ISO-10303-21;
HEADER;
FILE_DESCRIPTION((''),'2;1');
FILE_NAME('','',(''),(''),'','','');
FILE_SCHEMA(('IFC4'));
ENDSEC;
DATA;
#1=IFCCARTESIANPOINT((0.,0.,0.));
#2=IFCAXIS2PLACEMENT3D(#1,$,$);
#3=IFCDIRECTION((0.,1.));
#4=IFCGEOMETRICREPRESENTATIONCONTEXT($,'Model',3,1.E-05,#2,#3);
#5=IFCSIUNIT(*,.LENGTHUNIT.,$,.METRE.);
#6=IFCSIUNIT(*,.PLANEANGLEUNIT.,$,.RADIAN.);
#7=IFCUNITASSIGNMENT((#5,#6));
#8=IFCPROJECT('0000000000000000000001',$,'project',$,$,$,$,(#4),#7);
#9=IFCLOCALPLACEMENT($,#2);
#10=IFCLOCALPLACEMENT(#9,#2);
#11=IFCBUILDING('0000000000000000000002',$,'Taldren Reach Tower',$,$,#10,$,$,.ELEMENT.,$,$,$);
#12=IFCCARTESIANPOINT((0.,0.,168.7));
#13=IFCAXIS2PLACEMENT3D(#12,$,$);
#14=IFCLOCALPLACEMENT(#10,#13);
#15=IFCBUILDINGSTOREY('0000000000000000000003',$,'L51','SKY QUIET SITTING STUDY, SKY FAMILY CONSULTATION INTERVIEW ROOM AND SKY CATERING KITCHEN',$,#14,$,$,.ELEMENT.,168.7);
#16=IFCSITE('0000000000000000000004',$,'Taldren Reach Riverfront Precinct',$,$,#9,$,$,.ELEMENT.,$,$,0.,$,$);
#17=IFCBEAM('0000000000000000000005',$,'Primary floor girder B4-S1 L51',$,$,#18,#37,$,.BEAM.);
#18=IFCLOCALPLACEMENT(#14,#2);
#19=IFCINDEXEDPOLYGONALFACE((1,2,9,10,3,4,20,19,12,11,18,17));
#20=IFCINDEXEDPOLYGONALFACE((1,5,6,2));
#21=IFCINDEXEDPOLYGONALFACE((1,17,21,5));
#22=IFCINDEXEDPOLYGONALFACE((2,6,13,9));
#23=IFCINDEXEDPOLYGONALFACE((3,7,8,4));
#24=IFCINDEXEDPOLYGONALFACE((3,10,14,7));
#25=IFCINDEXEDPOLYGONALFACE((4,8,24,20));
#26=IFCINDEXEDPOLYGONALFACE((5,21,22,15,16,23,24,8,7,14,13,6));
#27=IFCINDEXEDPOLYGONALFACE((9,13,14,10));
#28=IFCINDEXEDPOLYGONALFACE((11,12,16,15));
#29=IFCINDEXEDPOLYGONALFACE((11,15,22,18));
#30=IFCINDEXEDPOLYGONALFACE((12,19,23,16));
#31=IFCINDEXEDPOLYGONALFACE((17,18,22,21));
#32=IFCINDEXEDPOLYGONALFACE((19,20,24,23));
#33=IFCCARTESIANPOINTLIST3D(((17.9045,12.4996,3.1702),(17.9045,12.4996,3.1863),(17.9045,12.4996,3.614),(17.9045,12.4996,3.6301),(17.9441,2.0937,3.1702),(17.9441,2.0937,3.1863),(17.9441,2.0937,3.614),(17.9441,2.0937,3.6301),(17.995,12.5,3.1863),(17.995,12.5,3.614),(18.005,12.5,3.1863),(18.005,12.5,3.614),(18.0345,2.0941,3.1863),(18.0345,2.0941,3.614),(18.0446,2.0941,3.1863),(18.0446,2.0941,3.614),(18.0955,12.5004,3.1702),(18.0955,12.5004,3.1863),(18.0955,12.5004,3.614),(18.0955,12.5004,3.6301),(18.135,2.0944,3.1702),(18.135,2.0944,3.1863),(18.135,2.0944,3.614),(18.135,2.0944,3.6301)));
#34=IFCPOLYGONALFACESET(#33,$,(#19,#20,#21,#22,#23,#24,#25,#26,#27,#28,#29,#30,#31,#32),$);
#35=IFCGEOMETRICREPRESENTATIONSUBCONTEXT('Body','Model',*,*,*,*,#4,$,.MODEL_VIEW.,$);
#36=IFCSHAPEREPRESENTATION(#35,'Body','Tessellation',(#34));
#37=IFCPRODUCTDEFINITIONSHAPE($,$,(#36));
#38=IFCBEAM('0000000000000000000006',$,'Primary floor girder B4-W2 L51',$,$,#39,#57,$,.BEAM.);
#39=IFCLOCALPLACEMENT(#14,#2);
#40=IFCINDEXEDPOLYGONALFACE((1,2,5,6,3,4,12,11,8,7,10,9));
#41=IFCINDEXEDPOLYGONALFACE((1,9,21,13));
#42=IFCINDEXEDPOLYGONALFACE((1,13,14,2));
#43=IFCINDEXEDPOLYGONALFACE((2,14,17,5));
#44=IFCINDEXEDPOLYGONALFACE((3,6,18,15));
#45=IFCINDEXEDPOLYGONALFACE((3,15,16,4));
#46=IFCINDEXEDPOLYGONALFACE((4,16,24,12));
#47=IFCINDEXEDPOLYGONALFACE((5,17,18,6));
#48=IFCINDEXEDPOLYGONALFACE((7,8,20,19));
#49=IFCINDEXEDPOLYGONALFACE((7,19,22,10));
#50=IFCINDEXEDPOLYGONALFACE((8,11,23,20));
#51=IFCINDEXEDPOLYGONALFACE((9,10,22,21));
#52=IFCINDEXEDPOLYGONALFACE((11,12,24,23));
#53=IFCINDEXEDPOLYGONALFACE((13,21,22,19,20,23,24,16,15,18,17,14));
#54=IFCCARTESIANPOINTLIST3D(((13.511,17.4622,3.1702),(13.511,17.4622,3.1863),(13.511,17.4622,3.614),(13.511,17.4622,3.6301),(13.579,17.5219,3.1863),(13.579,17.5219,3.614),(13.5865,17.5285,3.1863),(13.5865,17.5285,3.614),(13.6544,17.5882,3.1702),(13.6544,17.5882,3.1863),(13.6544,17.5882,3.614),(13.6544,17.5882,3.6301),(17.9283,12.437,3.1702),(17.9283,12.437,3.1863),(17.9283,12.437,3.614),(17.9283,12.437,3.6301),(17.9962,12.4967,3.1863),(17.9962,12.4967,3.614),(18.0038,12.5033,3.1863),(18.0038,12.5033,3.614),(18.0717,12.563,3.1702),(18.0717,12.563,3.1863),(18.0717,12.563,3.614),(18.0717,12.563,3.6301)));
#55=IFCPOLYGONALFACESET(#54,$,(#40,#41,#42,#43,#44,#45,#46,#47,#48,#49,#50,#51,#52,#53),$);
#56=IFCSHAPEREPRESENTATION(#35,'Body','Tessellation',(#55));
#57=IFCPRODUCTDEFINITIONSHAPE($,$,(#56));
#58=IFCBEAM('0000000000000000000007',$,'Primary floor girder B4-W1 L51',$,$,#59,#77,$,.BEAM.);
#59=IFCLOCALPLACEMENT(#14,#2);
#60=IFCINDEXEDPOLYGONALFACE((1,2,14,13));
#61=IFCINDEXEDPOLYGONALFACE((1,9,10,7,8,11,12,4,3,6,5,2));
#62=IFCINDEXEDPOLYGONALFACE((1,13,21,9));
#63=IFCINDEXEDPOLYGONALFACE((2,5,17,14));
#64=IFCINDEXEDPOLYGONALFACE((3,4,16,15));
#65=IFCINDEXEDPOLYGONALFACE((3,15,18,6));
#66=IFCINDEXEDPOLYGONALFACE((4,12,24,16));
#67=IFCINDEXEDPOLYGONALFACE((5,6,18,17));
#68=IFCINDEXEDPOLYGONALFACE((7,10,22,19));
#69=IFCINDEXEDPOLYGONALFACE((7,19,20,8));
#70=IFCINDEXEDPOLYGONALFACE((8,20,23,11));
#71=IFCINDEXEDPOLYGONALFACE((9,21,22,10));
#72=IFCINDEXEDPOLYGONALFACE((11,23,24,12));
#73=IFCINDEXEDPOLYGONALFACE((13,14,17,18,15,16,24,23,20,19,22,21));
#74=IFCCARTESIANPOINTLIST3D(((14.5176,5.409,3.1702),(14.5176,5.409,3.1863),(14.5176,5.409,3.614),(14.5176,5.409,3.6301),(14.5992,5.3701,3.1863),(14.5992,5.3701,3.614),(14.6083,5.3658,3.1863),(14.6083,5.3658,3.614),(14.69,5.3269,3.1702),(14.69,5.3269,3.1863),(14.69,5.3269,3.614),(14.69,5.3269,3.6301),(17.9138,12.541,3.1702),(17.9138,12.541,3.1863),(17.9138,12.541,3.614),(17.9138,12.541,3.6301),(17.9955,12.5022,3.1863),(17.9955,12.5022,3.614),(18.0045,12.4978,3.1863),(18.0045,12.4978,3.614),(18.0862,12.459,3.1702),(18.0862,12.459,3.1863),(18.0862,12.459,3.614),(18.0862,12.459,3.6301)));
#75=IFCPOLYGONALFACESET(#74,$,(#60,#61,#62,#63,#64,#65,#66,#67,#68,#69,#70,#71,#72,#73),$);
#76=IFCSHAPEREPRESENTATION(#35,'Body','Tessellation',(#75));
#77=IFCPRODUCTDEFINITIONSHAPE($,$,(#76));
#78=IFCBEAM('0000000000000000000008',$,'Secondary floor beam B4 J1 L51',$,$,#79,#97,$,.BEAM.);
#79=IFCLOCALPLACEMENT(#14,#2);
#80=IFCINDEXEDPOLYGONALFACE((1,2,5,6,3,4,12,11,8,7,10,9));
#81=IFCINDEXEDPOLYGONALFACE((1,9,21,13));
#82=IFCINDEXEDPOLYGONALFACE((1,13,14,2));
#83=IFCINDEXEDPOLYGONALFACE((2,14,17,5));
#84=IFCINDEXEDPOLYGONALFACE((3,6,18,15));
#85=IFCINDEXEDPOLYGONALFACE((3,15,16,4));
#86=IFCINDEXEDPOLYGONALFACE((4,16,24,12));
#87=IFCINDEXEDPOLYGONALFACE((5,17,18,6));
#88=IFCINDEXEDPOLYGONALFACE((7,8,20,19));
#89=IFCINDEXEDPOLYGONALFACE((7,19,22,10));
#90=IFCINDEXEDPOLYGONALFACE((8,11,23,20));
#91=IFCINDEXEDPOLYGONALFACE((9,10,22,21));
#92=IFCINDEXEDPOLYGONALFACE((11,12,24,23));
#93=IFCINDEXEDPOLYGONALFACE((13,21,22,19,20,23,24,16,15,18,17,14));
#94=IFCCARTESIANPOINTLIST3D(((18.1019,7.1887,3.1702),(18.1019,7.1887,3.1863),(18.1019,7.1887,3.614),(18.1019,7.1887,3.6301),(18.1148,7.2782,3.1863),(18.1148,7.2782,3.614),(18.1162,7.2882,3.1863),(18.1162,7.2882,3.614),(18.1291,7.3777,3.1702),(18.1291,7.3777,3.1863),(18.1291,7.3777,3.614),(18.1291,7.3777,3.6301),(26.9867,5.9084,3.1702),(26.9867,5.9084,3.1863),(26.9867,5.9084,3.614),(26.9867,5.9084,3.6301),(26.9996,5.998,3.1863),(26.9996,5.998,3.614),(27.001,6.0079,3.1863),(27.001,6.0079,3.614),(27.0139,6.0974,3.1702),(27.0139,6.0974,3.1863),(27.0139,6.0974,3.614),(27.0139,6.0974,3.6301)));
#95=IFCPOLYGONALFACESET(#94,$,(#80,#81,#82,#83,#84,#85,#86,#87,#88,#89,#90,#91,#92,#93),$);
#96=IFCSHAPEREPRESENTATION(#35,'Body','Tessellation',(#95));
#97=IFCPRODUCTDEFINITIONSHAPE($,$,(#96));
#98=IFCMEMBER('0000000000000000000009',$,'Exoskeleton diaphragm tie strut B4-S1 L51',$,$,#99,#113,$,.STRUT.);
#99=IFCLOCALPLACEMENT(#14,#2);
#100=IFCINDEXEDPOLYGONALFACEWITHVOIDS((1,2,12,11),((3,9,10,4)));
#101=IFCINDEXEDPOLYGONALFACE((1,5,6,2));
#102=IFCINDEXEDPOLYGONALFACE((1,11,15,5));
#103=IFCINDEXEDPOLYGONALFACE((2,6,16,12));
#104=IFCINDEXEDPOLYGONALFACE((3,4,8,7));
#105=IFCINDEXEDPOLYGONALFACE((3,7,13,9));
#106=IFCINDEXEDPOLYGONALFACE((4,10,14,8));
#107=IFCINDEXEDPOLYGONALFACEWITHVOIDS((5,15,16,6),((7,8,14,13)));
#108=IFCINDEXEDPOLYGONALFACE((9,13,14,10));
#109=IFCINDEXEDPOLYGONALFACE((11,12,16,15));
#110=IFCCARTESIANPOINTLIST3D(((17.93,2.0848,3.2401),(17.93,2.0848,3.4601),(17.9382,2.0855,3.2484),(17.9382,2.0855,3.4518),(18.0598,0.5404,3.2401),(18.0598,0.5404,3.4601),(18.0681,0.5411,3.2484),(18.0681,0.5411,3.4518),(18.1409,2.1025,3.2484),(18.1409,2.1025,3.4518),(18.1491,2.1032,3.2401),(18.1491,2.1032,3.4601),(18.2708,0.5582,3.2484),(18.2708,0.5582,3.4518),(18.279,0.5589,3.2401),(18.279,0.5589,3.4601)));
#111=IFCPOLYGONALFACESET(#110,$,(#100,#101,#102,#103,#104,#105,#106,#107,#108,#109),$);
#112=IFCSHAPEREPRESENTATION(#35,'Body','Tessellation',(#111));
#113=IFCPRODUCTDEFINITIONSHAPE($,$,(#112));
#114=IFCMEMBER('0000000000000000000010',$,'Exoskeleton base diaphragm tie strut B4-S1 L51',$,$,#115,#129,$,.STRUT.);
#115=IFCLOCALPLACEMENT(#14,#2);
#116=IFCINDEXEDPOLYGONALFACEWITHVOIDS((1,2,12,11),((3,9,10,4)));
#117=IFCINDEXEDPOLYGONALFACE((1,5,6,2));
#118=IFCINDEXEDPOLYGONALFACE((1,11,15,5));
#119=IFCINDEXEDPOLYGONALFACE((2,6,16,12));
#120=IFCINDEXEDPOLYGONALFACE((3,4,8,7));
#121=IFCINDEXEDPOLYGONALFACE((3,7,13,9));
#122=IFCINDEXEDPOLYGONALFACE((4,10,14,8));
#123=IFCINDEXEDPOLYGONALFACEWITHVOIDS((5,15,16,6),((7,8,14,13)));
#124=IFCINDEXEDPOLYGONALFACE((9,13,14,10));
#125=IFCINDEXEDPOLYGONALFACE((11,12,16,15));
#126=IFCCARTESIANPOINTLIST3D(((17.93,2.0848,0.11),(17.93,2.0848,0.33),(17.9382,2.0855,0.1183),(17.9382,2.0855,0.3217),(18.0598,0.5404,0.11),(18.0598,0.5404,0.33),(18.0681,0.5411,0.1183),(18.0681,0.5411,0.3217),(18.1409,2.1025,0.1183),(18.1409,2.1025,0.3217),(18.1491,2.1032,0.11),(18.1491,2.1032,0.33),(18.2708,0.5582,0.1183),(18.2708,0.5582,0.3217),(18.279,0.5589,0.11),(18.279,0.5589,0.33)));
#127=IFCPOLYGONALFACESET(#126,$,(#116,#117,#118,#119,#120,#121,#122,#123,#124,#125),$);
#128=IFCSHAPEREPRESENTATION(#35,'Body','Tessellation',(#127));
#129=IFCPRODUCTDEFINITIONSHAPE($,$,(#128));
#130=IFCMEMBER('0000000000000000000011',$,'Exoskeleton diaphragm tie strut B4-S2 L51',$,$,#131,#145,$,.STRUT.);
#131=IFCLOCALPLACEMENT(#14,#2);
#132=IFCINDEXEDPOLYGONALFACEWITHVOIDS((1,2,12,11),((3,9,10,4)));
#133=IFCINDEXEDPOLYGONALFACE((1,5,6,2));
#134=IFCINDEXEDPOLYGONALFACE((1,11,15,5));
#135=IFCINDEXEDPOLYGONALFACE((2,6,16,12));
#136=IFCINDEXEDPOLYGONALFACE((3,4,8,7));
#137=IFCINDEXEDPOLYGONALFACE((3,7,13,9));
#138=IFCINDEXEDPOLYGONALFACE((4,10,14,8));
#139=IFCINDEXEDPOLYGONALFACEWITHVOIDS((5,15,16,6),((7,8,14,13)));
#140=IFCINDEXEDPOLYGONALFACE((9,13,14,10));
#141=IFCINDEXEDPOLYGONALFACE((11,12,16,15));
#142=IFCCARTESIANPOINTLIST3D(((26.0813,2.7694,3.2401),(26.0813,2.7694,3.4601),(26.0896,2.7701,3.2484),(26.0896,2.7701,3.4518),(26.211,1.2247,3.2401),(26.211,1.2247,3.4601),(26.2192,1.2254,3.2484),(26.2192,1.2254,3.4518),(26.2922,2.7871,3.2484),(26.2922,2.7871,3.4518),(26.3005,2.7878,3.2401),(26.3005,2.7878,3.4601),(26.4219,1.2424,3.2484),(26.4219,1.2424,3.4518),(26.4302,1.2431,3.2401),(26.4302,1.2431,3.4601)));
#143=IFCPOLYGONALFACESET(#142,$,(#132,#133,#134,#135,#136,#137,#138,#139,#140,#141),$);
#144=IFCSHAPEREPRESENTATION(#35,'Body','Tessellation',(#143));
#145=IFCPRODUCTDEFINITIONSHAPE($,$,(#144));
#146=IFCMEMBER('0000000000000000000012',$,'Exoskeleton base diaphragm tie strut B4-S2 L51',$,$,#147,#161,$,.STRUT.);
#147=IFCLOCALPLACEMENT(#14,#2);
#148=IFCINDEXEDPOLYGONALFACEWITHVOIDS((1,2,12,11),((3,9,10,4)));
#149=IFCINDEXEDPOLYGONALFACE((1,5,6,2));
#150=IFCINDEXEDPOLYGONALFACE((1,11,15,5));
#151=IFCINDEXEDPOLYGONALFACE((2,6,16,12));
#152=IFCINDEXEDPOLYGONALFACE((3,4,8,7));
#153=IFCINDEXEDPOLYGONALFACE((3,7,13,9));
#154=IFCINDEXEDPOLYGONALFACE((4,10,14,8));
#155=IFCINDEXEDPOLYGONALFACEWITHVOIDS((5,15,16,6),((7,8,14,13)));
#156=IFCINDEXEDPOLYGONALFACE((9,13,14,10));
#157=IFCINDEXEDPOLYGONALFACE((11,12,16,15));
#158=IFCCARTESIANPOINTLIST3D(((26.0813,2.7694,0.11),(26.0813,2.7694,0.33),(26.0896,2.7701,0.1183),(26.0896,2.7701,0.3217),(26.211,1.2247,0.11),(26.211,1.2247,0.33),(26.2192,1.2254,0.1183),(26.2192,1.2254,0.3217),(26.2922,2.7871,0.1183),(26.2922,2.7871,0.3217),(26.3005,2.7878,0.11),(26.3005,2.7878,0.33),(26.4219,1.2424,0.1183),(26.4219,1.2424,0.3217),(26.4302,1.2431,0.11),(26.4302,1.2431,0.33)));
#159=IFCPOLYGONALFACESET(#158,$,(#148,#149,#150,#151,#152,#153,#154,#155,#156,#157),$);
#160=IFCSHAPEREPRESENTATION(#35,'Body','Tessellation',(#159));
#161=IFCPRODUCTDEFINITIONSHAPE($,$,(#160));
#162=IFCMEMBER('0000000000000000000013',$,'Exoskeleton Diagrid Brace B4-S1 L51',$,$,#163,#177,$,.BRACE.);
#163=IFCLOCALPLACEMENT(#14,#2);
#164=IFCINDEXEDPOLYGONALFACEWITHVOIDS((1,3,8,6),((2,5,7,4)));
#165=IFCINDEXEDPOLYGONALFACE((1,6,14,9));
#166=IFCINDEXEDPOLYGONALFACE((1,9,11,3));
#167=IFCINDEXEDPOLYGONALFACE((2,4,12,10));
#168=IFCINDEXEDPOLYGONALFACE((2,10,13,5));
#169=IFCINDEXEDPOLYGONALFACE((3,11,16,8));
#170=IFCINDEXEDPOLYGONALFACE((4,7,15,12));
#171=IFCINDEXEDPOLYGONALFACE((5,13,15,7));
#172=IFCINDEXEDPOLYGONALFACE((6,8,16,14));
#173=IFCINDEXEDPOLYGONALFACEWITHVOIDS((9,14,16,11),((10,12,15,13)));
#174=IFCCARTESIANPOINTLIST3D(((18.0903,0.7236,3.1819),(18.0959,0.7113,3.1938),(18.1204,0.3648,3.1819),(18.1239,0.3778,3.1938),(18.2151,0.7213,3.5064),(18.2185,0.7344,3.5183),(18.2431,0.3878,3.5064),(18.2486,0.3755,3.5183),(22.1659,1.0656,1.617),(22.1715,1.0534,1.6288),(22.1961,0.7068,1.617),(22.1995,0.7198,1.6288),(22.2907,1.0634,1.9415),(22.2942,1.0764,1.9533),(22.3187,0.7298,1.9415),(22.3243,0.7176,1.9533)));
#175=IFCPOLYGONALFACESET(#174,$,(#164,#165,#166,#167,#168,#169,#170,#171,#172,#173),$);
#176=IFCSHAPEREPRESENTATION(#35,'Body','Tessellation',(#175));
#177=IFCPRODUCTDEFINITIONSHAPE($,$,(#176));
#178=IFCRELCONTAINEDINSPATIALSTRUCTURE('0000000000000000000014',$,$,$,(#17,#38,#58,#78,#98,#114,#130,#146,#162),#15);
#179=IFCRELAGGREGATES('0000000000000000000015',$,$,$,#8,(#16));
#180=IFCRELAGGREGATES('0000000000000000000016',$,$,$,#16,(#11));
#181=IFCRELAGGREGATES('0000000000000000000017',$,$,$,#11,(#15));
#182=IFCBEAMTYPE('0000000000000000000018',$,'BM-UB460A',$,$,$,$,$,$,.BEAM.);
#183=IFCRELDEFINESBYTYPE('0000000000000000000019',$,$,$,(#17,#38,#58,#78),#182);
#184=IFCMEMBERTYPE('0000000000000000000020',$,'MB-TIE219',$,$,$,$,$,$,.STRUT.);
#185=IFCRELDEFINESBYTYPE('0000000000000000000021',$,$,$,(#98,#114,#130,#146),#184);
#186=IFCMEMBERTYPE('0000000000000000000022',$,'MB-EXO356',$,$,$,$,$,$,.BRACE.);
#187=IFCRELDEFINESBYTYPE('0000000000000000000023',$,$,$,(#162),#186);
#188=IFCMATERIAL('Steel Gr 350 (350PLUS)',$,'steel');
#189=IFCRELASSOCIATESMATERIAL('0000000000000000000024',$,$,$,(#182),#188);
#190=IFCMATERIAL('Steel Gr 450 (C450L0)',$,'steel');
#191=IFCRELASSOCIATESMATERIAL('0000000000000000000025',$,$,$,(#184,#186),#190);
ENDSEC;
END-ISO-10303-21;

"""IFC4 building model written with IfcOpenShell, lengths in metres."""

from ifc_helpers import new_model, si_unit, direction, frame, origin, origin_2d, place, context, subcontext, project, spatial, hollow_rectangle, i_section, extrude, source, transform, mapped, material, material_profile, profile_set, type_object, element, save


model = new_model("IFC4")

# Units and contexts
model_context = context("Model", 3, precision=1e-05, world=origin(), true_north=direction((0.0, 1.0)))
body_context = subcontext(model_context, "Body", "Model", "MODEL_VIEW")
ifc_project = project(units=[si_unit("LENGTHUNIT", "METRE"), si_unit("PLANEANGLEUNIT", "RADIAN")], contexts=[model_context])

# Site, building, storey
site_placement = place(None, origin())
site = spatial("IfcSite", under=ifc_project, at=site_placement, Name="Taldren Reach Riverfront Precinct", CompositionType="ELEMENT", RefElevation=0.0)
building_placement = place(site_placement, origin())
building = spatial("IfcBuilding", under=site, at=building_placement, Name="Taldren Reach Tower", CompositionType="ELEMENT")
storey_placement = place(building_placement, frame((0.0, 0.0, 168.7)))
storey = spatial("IfcBuildingStorey", under=building, at=storey_placement, Name="L51", Description="SKY QUIET SITTING STUDY, SKY FAMILY CONSULTATION INTERVIEW ROOM AND SKY CATERING KITCHEN", CompositionType="ELEMENT", Elevation=168.7)

# Shared definitions
ifc_material_1 = material(Name="Steel Gr 350 (350PLUS)", Category="steel")

# Beams
ifc_material_profile_1 = material_profile(ifc_material_1, i_section(OverallWidth=0.1909, OverallDepth=0.46, WebThickness=0.01, FlangeThickness=0.0161, at=origin_2d()), Name="460UB82.1")
ifc_profile_set_1 = profile_set([ifc_material_profile_1], Name="Steel Gr 350 (350PLUS)")
beam_type_1 = type_object("IfcBeamType", Name="BM-UB460A", PredefinedType="BEAM", material=ifc_profile_set_1)
shared_shape_1 = source(origin(), body_context, "Body", "SweptSolid", [
    extrude(i_section(OverallWidth=0.1909, OverallDepth=0.46, WebThickness=0.01, FlangeThickness=0.0161, at=origin_2d()), origin(), (0.0, 0.0, 1.0), 10.406),
])
beam_1_placement = place(storey_placement, frame((18.0, 12.5, 3.4001), z_axis=(0.003801, -0.999993, 0.0), x_axis=(0.999993, 0.003801, 0.0)))
element("IfcBeam", 1, at=beam_1_placement, inside=storey, type_object=beam_type_1, Name="Primary floor girder B4-S1 L51", PredefinedType="BEAM", context=body_context, shape_type="MappedRepresentation", body=[
    mapped(shared_shape_1, transform((0.0, 0.0, 0.0), scale=1.0)),
])
shared_shape_2 = source(origin(), body_context, "Body", "SweptSolid", [
    extrude(i_section(OverallWidth=0.1909, OverallDepth=0.46, WebThickness=0.01, FlangeThickness=0.0161, at=origin_2d()), origin(), (0.0, 0.0, 1.0), 6.6907),
])
beam_2_placement = place(storey_placement, frame((18.0, 12.5, 3.4001), z_axis=(-0.660216, 0.751076, 0.0), x_axis=(-0.751076, -0.660216, 0.0)))
element("IfcBeam", 2, at=beam_2_placement, inside=storey, type_object=beam_type_1, Name="Primary floor girder B4-W2 L51", PredefinedType="BEAM", context=body_context, shape_type="MappedRepresentation", body=[
    mapped(shared_shape_2, transform((0.0, 0.0, 0.0), scale=1.0)),
])
shared_shape_3 = source(origin(), body_context, "Body", "SweptSolid", [
    extrude(i_section(OverallWidth=0.1909, OverallDepth=0.46, WebThickness=0.01, FlangeThickness=0.0161, at=origin_2d()), origin(), (0.0, 0.0, 1.0), 7.8994),
])
beam_3_placement = place(storey_placement, frame((18.0, 12.5, 3.4001), z_axis=(-0.429935, -0.90286, 0.0), x_axis=(0.90286, -0.429935, 0.0)))
element("IfcBeam", 3, at=beam_3_placement, inside=storey, type_object=beam_type_1, Name="Primary floor girder B4-W1 L51", PredefinedType="BEAM", context=body_context, shape_type="MappedRepresentation", body=[
    mapped(shared_shape_3, transform((0.0, 0.0, 0.0), scale=1.0)),
])
shared_shape_4 = source(origin(), body_context, "Body", "SweptSolid", [
    extrude(i_section(OverallWidth=0.1909, OverallDepth=0.46, WebThickness=0.01, FlangeThickness=0.0161, at=origin_2d()), origin(), (0.0, 0.0, 1.0), 8.9766),
])
beam_4_placement = place(storey_placement, frame((18.1155, 7.2832, 3.4001), z_axis=(0.989777, -0.142624, 0.0), x_axis=(0.142624, 0.989777, 0.0)))
element("IfcBeam", 4, at=beam_4_placement, inside=storey, type_object=beam_type_1, Name="Secondary floor beam B4 J1 L51", PredefinedType="BEAM", context=body_context, shape_type="MappedRepresentation", body=[
    mapped(shared_shape_4, transform((0.0, 0.0, 0.0), scale=1.0)),
])

# Members
ifc_material_2 = material(Name="Steel Gr 450 (C450L0)", Category="steel")
ifc_material_profile_2 = material_profile(ifc_material_2, hollow_rectangle(XDim=0.22, YDim=0.22, WallThickness=0.0083, at=origin_2d()), Name="220x220x8.2SHS")
ifc_profile_set_2 = profile_set([ifc_material_profile_2], Name="Steel Gr 450 (C450L0)")
member_type_1 = type_object("IfcMemberType", Name="MB-TIE219", PredefinedType="STRUT", material=ifc_profile_set_2)
shared_shape_5 = source(origin(), body_context, "Body", "SweptSolid", [
    extrude(hollow_rectangle(XDim=0.22, YDim=0.22, WallThickness=0.0083, at=origin_2d()), origin(), (0.0, 0.0, 1.0), 1.5498),
])
for number, where, z_axis, x_axis, name in (
    (5, (18.0396, 2.094, 3.3501), (0.083802, -0.996482, 0.0), (0.996482, 0.083802, 0.0), "Exoskeleton diaphragm tie strut B4-S1 L51"),
    (6, (18.0396, 2.094, 0.22), (0.083802, -0.996482, 0.0), (0.996482, 0.083802, 0.0), "Exoskeleton base diaphragm tie strut B4-S1 L51"),
):
    element("IfcMember", number, at=place(storey_placement, frame(where, z_axis=z_axis, x_axis=x_axis)), inside=storey, type_object=member_type_1, Name=name, PredefinedType="STRUT", context=body_context, shape_type="MappedRepresentation", body=[
        mapped(shared_shape_5, transform((0.0, 0.0, 0.0), scale=1.0)),
    ])
shared_shape_6 = source(origin(), body_context, "Body", "SweptSolid", [
    extrude(hollow_rectangle(XDim=0.22, YDim=0.22, WallThickness=0.0083, at=origin_2d()), origin(), (0.0, 0.0, 1.0), 1.55),
])
for number, where, z_axis, x_axis, name in (
    (7, (26.1909, 2.7786, 3.3501), (0.083632, -0.996497, 0.0), (0.996497, 0.083632, 0.0), "Exoskeleton diaphragm tie strut B4-S2 L51"),
    (8, (26.1909, 2.7786, 0.22), (0.083632, -0.996497, 0.0), (0.996497, 0.083632, 0.0), "Exoskeleton base diaphragm tie strut B4-S2 L51"),
):
    element("IfcMember", number, at=place(storey_placement, frame(where, z_axis=z_axis, x_axis=x_axis)), inside=storey, type_object=member_type_1, Name=name, PredefinedType="STRUT", context=body_context, shape_type="MappedRepresentation", body=[
        mapped(shared_shape_6, transform((0.0, 0.0, 0.0), scale=1.0)),
    ])
ifc_material_profile_3 = material_profile(ifc_material_2, hollow_rectangle(XDim=0.3601, YDim=0.3601, WallThickness=0.0127, at=origin_2d()), Name="360x360x12.7SHS")
ifc_profile_set_3 = profile_set([ifc_material_profile_3], Name="Steel Gr 450 (C450L0)")
member_type_2 = type_object("IfcMemberType", Name="MB-EXO356", PredefinedType="BRACE", material=ifc_profile_set_3)
shared_shape_7 = source(origin(), body_context, "Body", "SweptSolid", [
    extrude(hollow_rectangle(XDim=0.3601, YDim=0.3601, WallThickness=0.0127, at=origin_2d()), origin(), (0.0, 0.0, 1.0), 4.3792),
])
member_1_placement = place(storey_placement, frame((22.2451, 0.8916, 1.7852), z_axis=(-0.930695, -0.078106, 0.357359), x_axis=(0.083628, -0.996497, 0.0)))
element("IfcMember", 9, at=member_1_placement, inside=storey, type_object=member_type_2, Name="Exoskeleton Diagrid Brace B4-S1 L51", PredefinedType="BRACE", context=body_context, shape_type="MappedRepresentation", body=[
    mapped(shared_shape_7, transform((0.0, 0.0, 0.0), scale=1.0)),
])

save(model, "model.ifc")
